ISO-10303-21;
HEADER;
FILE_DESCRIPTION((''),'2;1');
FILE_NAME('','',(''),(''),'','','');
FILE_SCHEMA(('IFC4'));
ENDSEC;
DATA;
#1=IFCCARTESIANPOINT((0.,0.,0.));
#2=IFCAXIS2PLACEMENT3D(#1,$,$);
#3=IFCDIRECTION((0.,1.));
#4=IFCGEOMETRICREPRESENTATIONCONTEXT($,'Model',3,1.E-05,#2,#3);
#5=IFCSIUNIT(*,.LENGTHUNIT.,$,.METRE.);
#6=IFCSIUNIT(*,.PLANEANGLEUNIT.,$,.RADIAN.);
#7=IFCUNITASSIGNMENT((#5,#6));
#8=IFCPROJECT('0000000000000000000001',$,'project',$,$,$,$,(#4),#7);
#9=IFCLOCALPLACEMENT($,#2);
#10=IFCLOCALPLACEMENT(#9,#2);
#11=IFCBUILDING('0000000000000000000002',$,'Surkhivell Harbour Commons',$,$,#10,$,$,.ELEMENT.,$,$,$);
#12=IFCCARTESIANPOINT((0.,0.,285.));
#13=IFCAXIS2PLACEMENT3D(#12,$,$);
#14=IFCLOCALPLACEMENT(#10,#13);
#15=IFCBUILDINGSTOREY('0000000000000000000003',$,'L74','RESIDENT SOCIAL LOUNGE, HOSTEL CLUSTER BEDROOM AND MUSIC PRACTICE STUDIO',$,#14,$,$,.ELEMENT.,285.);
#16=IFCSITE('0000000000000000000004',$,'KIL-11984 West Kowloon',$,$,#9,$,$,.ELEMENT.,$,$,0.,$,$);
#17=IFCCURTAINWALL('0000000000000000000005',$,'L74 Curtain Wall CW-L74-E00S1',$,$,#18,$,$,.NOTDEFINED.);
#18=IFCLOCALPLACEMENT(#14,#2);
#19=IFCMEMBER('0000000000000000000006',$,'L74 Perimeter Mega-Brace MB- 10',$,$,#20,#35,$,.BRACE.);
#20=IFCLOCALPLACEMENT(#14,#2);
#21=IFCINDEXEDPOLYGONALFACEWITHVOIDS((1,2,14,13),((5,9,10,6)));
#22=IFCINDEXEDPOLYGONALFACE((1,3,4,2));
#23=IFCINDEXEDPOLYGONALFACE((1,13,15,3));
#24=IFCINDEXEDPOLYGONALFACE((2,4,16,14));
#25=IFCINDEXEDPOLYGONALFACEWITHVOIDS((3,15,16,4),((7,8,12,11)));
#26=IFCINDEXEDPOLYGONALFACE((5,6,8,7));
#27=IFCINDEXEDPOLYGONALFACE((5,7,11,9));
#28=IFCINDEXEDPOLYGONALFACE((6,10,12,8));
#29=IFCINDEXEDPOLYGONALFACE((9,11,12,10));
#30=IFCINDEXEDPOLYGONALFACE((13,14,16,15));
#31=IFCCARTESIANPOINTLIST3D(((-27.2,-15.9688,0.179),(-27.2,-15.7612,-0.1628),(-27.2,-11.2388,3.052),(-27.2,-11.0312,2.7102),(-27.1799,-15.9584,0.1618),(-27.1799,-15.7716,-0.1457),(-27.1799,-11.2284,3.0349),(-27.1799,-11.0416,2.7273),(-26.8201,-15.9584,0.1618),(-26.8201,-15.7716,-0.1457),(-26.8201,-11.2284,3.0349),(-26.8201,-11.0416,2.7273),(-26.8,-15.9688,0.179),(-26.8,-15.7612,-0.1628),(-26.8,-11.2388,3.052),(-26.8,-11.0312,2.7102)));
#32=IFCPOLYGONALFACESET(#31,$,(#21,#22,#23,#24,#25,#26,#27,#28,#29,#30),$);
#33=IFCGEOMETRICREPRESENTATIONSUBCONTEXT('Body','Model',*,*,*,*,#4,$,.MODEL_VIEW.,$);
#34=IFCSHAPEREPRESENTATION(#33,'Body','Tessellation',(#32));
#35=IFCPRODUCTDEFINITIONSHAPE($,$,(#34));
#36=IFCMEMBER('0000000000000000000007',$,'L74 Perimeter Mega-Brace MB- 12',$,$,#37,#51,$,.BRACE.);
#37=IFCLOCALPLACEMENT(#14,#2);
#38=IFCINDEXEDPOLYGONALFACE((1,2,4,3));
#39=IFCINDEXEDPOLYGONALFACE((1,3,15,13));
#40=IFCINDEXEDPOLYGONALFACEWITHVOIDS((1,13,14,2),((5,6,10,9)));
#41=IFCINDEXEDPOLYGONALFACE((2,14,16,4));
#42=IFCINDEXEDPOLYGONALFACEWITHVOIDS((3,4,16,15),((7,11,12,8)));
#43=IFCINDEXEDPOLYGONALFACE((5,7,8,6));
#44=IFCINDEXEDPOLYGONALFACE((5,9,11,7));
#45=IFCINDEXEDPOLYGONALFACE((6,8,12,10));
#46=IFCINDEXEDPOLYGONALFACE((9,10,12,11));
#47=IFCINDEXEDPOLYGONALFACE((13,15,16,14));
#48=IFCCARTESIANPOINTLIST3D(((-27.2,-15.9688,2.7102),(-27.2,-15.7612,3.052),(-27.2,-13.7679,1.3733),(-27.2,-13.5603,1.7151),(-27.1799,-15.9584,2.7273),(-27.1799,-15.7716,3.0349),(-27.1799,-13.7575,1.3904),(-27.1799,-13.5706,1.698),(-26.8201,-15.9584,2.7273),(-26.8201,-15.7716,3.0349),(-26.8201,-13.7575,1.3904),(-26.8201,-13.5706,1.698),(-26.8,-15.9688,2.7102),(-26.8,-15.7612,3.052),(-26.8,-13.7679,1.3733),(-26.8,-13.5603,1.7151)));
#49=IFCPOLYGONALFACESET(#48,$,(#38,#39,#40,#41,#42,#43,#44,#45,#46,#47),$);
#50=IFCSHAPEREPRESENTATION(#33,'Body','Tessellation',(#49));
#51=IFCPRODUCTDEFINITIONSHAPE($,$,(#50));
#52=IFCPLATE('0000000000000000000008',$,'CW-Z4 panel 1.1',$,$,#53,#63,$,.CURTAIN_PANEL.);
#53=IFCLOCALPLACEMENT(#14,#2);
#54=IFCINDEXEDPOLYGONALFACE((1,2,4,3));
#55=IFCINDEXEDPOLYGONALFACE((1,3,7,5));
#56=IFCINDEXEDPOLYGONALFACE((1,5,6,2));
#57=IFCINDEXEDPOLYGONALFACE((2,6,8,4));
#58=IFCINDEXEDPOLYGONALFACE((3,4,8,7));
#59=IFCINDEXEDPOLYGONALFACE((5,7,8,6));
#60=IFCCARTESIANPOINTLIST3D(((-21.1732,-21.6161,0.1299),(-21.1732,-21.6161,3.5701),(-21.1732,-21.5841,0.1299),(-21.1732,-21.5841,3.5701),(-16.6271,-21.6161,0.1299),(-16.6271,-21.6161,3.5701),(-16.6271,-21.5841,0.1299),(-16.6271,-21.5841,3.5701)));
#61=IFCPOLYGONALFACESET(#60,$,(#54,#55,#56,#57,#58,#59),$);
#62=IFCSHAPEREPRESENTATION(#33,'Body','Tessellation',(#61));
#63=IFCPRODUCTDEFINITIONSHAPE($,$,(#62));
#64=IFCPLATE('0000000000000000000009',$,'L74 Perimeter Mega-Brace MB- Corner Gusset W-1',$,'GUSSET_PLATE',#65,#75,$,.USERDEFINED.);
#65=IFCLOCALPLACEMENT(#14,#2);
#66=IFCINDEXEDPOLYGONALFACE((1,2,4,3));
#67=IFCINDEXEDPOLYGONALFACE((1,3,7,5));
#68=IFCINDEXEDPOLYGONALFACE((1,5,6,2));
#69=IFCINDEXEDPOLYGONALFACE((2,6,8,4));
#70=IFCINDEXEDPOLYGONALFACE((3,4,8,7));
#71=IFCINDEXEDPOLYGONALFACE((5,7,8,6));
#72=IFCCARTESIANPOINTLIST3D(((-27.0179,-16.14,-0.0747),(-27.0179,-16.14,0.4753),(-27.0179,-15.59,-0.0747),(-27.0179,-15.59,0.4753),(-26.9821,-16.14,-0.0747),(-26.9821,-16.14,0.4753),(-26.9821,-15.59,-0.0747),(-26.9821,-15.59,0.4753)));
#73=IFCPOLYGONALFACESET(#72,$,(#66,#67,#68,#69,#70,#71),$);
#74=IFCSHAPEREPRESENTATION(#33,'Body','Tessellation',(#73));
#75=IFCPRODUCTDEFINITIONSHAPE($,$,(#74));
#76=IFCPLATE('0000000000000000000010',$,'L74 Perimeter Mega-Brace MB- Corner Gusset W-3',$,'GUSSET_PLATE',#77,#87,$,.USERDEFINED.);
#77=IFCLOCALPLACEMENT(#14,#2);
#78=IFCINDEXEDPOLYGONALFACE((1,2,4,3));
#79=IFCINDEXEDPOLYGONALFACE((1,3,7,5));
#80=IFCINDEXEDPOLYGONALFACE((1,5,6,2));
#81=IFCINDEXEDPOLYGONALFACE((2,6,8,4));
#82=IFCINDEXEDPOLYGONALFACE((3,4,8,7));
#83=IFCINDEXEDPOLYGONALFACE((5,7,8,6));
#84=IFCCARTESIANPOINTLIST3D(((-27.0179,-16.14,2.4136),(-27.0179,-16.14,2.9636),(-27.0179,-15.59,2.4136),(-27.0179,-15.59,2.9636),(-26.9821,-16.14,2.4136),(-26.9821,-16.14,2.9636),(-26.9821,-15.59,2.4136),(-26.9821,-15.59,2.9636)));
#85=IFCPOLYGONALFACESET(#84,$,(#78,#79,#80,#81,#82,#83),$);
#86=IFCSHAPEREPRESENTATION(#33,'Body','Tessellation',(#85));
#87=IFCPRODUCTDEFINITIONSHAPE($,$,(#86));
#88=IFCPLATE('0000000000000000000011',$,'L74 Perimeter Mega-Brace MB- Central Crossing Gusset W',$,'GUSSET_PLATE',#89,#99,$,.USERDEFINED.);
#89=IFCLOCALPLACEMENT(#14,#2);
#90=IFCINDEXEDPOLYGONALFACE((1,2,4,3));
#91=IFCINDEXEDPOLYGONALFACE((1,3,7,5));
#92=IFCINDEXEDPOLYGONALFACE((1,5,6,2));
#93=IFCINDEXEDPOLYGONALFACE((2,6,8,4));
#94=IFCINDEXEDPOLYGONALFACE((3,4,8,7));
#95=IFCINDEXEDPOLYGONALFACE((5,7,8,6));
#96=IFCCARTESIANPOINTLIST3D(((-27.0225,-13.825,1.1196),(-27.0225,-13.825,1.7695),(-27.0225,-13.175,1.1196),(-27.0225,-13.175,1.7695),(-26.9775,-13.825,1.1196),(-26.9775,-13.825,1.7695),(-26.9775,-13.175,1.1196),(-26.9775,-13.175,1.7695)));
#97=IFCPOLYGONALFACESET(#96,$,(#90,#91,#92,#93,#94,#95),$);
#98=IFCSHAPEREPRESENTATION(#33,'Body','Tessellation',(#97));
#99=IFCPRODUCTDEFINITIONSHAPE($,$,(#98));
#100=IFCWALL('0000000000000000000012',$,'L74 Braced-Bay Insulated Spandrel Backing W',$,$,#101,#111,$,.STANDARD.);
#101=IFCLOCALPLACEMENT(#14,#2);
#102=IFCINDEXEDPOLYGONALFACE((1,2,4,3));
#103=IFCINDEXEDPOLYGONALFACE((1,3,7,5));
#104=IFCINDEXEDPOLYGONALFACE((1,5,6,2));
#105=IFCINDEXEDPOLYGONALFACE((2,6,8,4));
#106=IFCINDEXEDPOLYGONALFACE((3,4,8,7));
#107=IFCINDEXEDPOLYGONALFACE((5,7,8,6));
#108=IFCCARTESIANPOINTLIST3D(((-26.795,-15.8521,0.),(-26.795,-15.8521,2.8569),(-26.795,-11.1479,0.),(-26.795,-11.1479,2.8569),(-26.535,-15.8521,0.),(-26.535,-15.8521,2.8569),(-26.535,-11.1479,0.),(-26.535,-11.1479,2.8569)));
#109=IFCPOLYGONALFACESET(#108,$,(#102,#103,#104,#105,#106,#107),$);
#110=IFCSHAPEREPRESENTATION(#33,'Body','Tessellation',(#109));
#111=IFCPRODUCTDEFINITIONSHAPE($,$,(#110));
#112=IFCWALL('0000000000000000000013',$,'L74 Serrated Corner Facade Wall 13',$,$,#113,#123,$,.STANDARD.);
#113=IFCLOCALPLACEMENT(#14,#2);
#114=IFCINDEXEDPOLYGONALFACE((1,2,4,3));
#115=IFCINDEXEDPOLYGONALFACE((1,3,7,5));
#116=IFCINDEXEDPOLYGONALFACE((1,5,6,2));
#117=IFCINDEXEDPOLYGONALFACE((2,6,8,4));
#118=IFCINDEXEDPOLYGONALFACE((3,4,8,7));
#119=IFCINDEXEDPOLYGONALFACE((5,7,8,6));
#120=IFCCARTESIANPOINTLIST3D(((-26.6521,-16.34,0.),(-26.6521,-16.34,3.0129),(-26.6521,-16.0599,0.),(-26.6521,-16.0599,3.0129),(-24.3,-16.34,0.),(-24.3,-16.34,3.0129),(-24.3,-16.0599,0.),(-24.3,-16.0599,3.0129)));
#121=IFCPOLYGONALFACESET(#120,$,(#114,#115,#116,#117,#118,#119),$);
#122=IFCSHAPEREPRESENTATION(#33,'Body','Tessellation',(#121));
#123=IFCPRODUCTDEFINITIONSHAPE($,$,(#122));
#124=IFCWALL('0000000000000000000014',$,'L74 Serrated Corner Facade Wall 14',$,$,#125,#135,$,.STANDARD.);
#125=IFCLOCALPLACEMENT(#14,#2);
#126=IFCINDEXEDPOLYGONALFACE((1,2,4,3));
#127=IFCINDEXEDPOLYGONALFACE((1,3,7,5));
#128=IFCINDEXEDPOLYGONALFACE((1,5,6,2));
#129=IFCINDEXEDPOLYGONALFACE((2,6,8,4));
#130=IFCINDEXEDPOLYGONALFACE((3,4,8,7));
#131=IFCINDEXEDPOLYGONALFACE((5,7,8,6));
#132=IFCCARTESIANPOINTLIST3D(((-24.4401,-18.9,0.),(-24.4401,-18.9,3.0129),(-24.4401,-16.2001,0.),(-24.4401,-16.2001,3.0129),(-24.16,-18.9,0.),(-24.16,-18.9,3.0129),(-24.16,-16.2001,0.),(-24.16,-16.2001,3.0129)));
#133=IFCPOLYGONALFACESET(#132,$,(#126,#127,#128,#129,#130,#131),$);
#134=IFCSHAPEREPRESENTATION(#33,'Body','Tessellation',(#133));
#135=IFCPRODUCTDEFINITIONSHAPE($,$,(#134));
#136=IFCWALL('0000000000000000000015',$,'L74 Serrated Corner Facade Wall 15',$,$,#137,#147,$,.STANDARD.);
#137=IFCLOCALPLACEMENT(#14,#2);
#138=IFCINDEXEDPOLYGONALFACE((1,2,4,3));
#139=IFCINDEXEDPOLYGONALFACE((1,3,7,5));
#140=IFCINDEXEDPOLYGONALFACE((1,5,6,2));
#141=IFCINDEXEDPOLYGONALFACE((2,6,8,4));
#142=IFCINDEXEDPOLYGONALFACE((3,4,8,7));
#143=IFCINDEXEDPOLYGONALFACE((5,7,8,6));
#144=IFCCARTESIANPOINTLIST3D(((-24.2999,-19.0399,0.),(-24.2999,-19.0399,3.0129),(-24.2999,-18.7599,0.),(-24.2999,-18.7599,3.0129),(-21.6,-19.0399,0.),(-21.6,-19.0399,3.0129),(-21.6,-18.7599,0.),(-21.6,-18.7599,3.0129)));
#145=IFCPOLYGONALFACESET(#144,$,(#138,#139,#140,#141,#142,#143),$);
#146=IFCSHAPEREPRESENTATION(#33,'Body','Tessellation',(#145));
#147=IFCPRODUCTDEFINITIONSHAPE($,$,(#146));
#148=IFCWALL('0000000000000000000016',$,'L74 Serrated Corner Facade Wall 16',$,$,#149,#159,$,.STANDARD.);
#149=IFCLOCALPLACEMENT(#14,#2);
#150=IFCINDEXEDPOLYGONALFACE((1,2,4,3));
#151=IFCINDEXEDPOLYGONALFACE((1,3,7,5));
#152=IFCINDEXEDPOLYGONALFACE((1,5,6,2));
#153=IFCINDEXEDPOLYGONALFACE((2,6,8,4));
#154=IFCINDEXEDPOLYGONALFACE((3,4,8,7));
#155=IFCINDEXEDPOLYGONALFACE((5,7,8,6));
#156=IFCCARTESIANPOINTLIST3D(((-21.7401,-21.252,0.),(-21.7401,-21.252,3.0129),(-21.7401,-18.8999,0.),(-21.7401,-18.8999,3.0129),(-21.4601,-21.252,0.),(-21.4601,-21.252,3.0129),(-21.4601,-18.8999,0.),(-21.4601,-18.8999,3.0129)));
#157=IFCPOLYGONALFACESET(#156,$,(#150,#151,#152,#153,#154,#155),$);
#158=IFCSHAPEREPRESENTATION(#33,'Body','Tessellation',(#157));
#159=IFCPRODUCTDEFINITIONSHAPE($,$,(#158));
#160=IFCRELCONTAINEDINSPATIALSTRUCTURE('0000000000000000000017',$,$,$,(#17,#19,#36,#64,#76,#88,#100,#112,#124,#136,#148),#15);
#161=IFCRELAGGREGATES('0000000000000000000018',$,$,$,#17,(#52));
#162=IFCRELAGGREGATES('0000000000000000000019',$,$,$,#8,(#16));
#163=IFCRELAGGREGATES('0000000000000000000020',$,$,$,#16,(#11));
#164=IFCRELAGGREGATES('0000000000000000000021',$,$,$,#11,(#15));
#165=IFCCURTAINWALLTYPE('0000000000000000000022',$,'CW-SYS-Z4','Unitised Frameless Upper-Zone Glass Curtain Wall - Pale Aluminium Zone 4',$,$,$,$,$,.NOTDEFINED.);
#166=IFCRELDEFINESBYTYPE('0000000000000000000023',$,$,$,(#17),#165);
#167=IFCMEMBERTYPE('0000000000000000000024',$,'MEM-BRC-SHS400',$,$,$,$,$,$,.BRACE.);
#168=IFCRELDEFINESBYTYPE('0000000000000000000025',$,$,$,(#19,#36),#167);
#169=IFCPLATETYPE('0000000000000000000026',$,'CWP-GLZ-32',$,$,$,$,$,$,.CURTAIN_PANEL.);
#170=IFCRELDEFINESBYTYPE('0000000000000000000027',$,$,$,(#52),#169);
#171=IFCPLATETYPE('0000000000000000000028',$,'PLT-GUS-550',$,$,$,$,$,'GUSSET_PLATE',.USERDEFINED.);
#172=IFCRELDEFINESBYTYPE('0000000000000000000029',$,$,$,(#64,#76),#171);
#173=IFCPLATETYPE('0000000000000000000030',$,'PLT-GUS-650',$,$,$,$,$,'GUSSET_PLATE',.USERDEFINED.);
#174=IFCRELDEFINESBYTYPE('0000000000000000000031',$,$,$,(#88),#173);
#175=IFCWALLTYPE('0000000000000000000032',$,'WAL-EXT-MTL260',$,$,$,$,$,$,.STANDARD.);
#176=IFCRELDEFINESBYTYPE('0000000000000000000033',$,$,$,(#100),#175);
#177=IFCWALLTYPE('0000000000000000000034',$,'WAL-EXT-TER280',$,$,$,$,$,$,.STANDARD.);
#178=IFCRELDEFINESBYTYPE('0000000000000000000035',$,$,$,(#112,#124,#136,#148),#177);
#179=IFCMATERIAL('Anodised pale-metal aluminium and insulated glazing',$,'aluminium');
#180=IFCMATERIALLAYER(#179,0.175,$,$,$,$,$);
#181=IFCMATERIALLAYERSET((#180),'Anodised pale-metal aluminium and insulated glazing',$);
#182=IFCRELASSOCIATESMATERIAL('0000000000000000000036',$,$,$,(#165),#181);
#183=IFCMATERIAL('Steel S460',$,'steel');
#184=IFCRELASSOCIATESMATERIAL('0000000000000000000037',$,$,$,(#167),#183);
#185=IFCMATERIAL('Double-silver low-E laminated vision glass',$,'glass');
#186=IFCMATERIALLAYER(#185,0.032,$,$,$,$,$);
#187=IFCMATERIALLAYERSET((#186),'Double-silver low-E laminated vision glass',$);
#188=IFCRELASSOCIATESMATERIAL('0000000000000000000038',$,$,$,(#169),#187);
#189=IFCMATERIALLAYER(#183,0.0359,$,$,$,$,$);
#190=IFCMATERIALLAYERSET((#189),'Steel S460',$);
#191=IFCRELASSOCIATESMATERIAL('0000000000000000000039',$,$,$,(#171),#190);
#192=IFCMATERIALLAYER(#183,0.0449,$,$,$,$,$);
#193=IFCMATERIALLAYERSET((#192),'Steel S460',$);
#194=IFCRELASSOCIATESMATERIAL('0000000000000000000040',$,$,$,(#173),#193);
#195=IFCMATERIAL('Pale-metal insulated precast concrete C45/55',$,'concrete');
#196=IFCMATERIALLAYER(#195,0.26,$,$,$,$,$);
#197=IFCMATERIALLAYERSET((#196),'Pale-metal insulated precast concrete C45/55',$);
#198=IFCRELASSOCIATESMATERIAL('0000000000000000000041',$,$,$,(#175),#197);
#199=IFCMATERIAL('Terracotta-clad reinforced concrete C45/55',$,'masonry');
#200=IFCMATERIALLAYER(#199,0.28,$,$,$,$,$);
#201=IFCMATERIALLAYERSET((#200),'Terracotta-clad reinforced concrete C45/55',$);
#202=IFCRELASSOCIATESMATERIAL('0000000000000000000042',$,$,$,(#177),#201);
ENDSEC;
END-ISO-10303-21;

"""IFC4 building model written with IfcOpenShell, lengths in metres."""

from ifc_helpers import new_model, si_unit, direction, frame, frame_2d, origin, origin_2d, place, context, subcontext, project, spatial, rectangle, hollow_rectangle, extrude, material, layer, layer_set, material_profile, profile_set, type_object, element, aggregate, save


model = new_model("IFC4")

# Units and contexts
model_context = context("Model", 3, precision=1e-05, world=origin(), true_north=direction((0.0, 1.0)))
body_context = subcontext(model_context, "Body", "Model", "MODEL_VIEW")
ifc_project = project(units=[si_unit("LENGTHUNIT", "METRE"), si_unit("PLANEANGLEUNIT", "RADIAN")], contexts=[model_context])

# Site, building, storey
site_placement = place(None, origin())
site = spatial("IfcSite", under=ifc_project, at=site_placement, Name="KIL-11984 West Kowloon", CompositionType="ELEMENT", RefElevation=0.0)
building_placement = place(site_placement, origin())
building = spatial("IfcBuilding", under=site, at=building_placement, Name="Surkhivell Harbour Commons", CompositionType="ELEMENT")
storey_placement = place(building_placement, frame((0.0, 0.0, 285.0)))
storey = spatial("IfcBuildingStorey", under=building, at=storey_placement, Name="L74", Description="RESIDENT SOCIAL LOUNGE, HOSTEL CLUSTER BEDROOM AND MUSIC PRACTICE STUDIO", CompositionType="ELEMENT", Elevation=285.0)

# Curtain wall
ifc_material_1 = material(Name="Anodised pale-metal aluminium and insulated glazing", Category="aluminium")
ifc_layer_1 = layer(ifc_material_1, 0.175)
ifc_layer_set_1 = layer_set([ifc_layer_1], Name="Anodised pale-metal aluminium and insulated glazing")
curtain_wall_type = type_object("IfcCurtainWallType", Name="CW-SYS-Z4", Description="Unitised Frameless Upper-Zone Glass Curtain Wall - Pale Aluminium Zone 4", PredefinedType="NOTDEFINED", material=ifc_layer_set_1)
curtain_wall_placement = place(storey_placement, origin())
curtain_wall = element("IfcCurtainWall", 1, at=curtain_wall_placement, inside=storey, type_object=curtain_wall_type, Name="L74 Curtain Wall CW-L74-E00S1", PredefinedType="NOTDEFINED")

# Members
ifc_material_2 = material(Name="Steel S460", Category="steel")
ifc_material_profile_1 = material_profile(ifc_material_2, hollow_rectangle(XDim=0.3999, YDim=0.3999, WallThickness=0.02, at=origin_2d()), Name="SHS400x400x20")
ifc_profile_set_1 = profile_set([ifc_material_profile_1], Name="Steel S460")
member_type_1 = type_object("IfcMemberType", Name="MEM-BRC-SHS400", PredefinedType="BRACE", material=ifc_profile_set_1)
member_1_placement = place(storey_placement, frame((-27.0, -15.865, 0.0081), z_axis=(0.0, 0.854685, 0.519146), x_axis=(-1.0, 0.0, 0.0)))
element("IfcMember", 2, at=member_1_placement, inside=storey, type_object=member_type_1, Name="L74 Perimeter Mega-Brace MB- 10", PredefinedType="BRACE", context=body_context, shape_type="SweptSolid", body=[
    extrude(hollow_rectangle(XDim=0.3999, YDim=0.3999, WallThickness=0.02, at=origin_2d()), origin(), (0.0, 0.0, 1.0), 5.5342),
])
member_2_placement = place(storey_placement, frame((-27.0, -13.6641, 1.5442), z_axis=(0.0, -0.854678, 0.519159), x_axis=(1.0, 0.0, 0.0)))
element("IfcMember", 3, at=member_2_placement, inside=storey, type_object=member_type_1, Name="L74 Perimeter Mega-Brace MB- 12", PredefinedType="BRACE", context=body_context, shape_type="SweptSolid", body=[
    extrude(hollow_rectangle(XDim=0.3999, YDim=0.3999, WallThickness=0.02, at=origin_2d()), origin(), (0.0, 0.0, 1.0), 2.5752),
])

# Plate
ifc_material_3 = material(Name="Double-silver low-E laminated vision glass", Category="glass")
ifc_layer_2 = layer(ifc_material_3, 0.032)
ifc_layer_set_2 = layer_set([ifc_layer_2], Name="Double-silver low-E laminated vision glass")
plate_type_1 = type_object("IfcPlateType", Name="CWP-GLZ-32", PredefinedType="CURTAIN_PANEL", material=ifc_layer_set_2)
plate_1_placement = place(storey_placement, frame((-21.1731, -21.6001, 0.1299), z_axis=(0.0, 0.0, 1.0), x_axis=(1.0, 0.0, 0.0)))
plate_1 = element("IfcPlate", 4, at=plate_1_placement, type_object=plate_type_1, Name="CW-Z4 panel 1.1", PredefinedType="CURTAIN_PANEL", context=body_context, shape_type="SweptSolid", body=[
    extrude(rectangle(XDim=4.5461, YDim=0.032, at=frame_2d((2.2729, 0.0))), origin(), (0.0, 0.0, 1.0), 3.4402),
])
aggregate(curtain_wall, [plate_1])

# Plates
ifc_layer_3 = layer(ifc_material_2, 0.0359)
ifc_layer_set_3 = layer_set([ifc_layer_3], Name="Steel S460")
plate_type_2 = type_object("IfcPlateType", Name="PLT-GUS-550", ElementType="GUSSET_PLATE", PredefinedType="USERDEFINED", material=ifc_layer_set_3)
for number, where, z_axis, x_axis, name in (
    (5, (-27.0, -15.865, -0.0747), (0.0, 0.0, 1.0), (0.0, 1.0, 0.0), "L74 Perimeter Mega-Brace MB- Corner Gusset W-1"),
    (6, (-27.0, -15.865, 2.4136), (0.0, 0.0, 1.0), (0.0, 1.0, 0.0), "L74 Perimeter Mega-Brace MB- Corner Gusset W-3"),
):
    element("IfcPlate", number, at=place(storey_placement, frame(where, z_axis=z_axis, x_axis=x_axis)), inside=storey, type_object=plate_type_2, Name=name, ObjectType="GUSSET_PLATE", PredefinedType="USERDEFINED", context=body_context, shape_type="SweptSolid", body=[
        extrude(rectangle(XDim=0.55, YDim=0.0359, at=origin_2d()), origin(), (0.0, 0.0, 1.0), 0.55),
    ])
ifc_layer_4 = layer(ifc_material_2, 0.0449)
ifc_layer_set_4 = layer_set([ifc_layer_4], Name="Steel S460")
plate_type_3 = type_object("IfcPlateType", Name="PLT-GUS-650", ElementType="GUSSET_PLATE", PredefinedType="USERDEFINED", material=ifc_layer_set_4)
plate_2_placement = place(storey_placement, frame((-27.0, -13.5, 1.1196), z_axis=(0.0, 0.0, 1.0), x_axis=(0.0, 1.0, 0.0)))
element("IfcPlate", 7, at=plate_2_placement, inside=storey, type_object=plate_type_3, Name="L74 Perimeter Mega-Brace MB- Central Crossing Gusset W", ObjectType="GUSSET_PLATE", PredefinedType="USERDEFINED", context=body_context, shape_type="SweptSolid", body=[
    extrude(rectangle(XDim=0.6499, YDim=0.0449, at=origin_2d()), origin(), (0.0, 0.0, 1.0), 0.6499),
])

# Walls
ifc_material_4 = material(Name="Pale-metal insulated precast concrete C45/55", Category="concrete")
ifc_layer_5 = layer(ifc_material_4, 0.26)
ifc_layer_set_5 = layer_set([ifc_layer_5], Name="Pale-metal insulated precast concrete C45/55")
wall_type_1 = type_object("IfcWallType", Name="WAL-EXT-MTL260", PredefinedType="STANDARD", material=ifc_layer_set_5)
wall_1_placement = place(storey_placement, frame((-26.665, -11.1479, 0.0), z_axis=(0.0, 0.0, 1.0), x_axis=(0.0, -1.0, 0.0)))
element("IfcWall", 8, at=wall_1_placement, inside=storey, type_object=wall_type_1, Name="L74 Braced-Bay Insulated Spandrel Backing W", PredefinedType="STANDARD", context=body_context, shape_type="SweptSolid", body=[
    extrude(rectangle(XDim=4.7041, YDim=0.26, at=frame_2d((2.3521, 0.0))), origin(), (0.0, 0.0, 1.0), 2.8569),
])
ifc_material_5 = material(Name="Terracotta-clad reinforced concrete C45/55", Category="masonry")
ifc_layer_6 = layer(ifc_material_5, 0.28)
ifc_layer_set_6 = layer_set([ifc_layer_6], Name="Terracotta-clad reinforced concrete C45/55")
wall_type_2 = type_object("IfcWallType", Name="WAL-EXT-TER280", PredefinedType="STANDARD", material=ifc_layer_set_6)
wall_2_placement = place(storey_placement, frame((-26.6521, -16.2, 0.0), z_axis=(0.0, 0.0, 1.0), x_axis=(1.0, 0.0, 0.0)))
element("IfcWall", 9, at=wall_2_placement, inside=storey, type_object=wall_type_2, Name="L74 Serrated Corner Facade Wall 13", PredefinedType="STANDARD", context=body_context, shape_type="SweptSolid", body=[
    extrude(rectangle(XDim=2.3521, YDim=0.28, at=frame_2d((1.176, 0.0))), origin(), (0.0, 0.0, 1.0), 3.0129),
])
for number, where, z_axis, x_axis, name in (
    (10, (-24.3, -16.2, 0.0), (0.0, 0.0, 1.0), (0.0, -1.0, 0.0), "L74 Serrated Corner Facade Wall 14"),
    (11, (-24.3, -18.8999, 0.0), (0.0, 0.0, 1.0), (1.0, 0.0, 0.0), "L74 Serrated Corner Facade Wall 15"),
):
    element("IfcWall", number, at=place(storey_placement, frame(where, z_axis=z_axis, x_axis=x_axis)), inside=storey, type_object=wall_type_2, Name=name, PredefinedType="STANDARD", context=body_context, shape_type="SweptSolid", body=[
        extrude(rectangle(XDim=2.7, YDim=0.28, at=frame_2d((1.3501, 0.0))), origin(), (0.0, 0.0, 1.0), 3.0129),
    ])
wall_3_placement = place(storey_placement, frame((-21.6001, -18.8999, 0.0), z_axis=(0.0, 0.0, 1.0), x_axis=(0.0, -1.0, 0.0)))
element("IfcWall", 12, at=wall_3_placement, inside=storey, type_object=wall_type_2, Name="L74 Serrated Corner Facade Wall 16", PredefinedType="STANDARD", context=body_context, shape_type="SweptSolid", body=[
    extrude(rectangle(XDim=2.3521, YDim=0.28, at=frame_2d((1.176, 0.0))), origin(), (0.0, 0.0, 1.0), 3.0129),
])

save(model, "model.ifc")
